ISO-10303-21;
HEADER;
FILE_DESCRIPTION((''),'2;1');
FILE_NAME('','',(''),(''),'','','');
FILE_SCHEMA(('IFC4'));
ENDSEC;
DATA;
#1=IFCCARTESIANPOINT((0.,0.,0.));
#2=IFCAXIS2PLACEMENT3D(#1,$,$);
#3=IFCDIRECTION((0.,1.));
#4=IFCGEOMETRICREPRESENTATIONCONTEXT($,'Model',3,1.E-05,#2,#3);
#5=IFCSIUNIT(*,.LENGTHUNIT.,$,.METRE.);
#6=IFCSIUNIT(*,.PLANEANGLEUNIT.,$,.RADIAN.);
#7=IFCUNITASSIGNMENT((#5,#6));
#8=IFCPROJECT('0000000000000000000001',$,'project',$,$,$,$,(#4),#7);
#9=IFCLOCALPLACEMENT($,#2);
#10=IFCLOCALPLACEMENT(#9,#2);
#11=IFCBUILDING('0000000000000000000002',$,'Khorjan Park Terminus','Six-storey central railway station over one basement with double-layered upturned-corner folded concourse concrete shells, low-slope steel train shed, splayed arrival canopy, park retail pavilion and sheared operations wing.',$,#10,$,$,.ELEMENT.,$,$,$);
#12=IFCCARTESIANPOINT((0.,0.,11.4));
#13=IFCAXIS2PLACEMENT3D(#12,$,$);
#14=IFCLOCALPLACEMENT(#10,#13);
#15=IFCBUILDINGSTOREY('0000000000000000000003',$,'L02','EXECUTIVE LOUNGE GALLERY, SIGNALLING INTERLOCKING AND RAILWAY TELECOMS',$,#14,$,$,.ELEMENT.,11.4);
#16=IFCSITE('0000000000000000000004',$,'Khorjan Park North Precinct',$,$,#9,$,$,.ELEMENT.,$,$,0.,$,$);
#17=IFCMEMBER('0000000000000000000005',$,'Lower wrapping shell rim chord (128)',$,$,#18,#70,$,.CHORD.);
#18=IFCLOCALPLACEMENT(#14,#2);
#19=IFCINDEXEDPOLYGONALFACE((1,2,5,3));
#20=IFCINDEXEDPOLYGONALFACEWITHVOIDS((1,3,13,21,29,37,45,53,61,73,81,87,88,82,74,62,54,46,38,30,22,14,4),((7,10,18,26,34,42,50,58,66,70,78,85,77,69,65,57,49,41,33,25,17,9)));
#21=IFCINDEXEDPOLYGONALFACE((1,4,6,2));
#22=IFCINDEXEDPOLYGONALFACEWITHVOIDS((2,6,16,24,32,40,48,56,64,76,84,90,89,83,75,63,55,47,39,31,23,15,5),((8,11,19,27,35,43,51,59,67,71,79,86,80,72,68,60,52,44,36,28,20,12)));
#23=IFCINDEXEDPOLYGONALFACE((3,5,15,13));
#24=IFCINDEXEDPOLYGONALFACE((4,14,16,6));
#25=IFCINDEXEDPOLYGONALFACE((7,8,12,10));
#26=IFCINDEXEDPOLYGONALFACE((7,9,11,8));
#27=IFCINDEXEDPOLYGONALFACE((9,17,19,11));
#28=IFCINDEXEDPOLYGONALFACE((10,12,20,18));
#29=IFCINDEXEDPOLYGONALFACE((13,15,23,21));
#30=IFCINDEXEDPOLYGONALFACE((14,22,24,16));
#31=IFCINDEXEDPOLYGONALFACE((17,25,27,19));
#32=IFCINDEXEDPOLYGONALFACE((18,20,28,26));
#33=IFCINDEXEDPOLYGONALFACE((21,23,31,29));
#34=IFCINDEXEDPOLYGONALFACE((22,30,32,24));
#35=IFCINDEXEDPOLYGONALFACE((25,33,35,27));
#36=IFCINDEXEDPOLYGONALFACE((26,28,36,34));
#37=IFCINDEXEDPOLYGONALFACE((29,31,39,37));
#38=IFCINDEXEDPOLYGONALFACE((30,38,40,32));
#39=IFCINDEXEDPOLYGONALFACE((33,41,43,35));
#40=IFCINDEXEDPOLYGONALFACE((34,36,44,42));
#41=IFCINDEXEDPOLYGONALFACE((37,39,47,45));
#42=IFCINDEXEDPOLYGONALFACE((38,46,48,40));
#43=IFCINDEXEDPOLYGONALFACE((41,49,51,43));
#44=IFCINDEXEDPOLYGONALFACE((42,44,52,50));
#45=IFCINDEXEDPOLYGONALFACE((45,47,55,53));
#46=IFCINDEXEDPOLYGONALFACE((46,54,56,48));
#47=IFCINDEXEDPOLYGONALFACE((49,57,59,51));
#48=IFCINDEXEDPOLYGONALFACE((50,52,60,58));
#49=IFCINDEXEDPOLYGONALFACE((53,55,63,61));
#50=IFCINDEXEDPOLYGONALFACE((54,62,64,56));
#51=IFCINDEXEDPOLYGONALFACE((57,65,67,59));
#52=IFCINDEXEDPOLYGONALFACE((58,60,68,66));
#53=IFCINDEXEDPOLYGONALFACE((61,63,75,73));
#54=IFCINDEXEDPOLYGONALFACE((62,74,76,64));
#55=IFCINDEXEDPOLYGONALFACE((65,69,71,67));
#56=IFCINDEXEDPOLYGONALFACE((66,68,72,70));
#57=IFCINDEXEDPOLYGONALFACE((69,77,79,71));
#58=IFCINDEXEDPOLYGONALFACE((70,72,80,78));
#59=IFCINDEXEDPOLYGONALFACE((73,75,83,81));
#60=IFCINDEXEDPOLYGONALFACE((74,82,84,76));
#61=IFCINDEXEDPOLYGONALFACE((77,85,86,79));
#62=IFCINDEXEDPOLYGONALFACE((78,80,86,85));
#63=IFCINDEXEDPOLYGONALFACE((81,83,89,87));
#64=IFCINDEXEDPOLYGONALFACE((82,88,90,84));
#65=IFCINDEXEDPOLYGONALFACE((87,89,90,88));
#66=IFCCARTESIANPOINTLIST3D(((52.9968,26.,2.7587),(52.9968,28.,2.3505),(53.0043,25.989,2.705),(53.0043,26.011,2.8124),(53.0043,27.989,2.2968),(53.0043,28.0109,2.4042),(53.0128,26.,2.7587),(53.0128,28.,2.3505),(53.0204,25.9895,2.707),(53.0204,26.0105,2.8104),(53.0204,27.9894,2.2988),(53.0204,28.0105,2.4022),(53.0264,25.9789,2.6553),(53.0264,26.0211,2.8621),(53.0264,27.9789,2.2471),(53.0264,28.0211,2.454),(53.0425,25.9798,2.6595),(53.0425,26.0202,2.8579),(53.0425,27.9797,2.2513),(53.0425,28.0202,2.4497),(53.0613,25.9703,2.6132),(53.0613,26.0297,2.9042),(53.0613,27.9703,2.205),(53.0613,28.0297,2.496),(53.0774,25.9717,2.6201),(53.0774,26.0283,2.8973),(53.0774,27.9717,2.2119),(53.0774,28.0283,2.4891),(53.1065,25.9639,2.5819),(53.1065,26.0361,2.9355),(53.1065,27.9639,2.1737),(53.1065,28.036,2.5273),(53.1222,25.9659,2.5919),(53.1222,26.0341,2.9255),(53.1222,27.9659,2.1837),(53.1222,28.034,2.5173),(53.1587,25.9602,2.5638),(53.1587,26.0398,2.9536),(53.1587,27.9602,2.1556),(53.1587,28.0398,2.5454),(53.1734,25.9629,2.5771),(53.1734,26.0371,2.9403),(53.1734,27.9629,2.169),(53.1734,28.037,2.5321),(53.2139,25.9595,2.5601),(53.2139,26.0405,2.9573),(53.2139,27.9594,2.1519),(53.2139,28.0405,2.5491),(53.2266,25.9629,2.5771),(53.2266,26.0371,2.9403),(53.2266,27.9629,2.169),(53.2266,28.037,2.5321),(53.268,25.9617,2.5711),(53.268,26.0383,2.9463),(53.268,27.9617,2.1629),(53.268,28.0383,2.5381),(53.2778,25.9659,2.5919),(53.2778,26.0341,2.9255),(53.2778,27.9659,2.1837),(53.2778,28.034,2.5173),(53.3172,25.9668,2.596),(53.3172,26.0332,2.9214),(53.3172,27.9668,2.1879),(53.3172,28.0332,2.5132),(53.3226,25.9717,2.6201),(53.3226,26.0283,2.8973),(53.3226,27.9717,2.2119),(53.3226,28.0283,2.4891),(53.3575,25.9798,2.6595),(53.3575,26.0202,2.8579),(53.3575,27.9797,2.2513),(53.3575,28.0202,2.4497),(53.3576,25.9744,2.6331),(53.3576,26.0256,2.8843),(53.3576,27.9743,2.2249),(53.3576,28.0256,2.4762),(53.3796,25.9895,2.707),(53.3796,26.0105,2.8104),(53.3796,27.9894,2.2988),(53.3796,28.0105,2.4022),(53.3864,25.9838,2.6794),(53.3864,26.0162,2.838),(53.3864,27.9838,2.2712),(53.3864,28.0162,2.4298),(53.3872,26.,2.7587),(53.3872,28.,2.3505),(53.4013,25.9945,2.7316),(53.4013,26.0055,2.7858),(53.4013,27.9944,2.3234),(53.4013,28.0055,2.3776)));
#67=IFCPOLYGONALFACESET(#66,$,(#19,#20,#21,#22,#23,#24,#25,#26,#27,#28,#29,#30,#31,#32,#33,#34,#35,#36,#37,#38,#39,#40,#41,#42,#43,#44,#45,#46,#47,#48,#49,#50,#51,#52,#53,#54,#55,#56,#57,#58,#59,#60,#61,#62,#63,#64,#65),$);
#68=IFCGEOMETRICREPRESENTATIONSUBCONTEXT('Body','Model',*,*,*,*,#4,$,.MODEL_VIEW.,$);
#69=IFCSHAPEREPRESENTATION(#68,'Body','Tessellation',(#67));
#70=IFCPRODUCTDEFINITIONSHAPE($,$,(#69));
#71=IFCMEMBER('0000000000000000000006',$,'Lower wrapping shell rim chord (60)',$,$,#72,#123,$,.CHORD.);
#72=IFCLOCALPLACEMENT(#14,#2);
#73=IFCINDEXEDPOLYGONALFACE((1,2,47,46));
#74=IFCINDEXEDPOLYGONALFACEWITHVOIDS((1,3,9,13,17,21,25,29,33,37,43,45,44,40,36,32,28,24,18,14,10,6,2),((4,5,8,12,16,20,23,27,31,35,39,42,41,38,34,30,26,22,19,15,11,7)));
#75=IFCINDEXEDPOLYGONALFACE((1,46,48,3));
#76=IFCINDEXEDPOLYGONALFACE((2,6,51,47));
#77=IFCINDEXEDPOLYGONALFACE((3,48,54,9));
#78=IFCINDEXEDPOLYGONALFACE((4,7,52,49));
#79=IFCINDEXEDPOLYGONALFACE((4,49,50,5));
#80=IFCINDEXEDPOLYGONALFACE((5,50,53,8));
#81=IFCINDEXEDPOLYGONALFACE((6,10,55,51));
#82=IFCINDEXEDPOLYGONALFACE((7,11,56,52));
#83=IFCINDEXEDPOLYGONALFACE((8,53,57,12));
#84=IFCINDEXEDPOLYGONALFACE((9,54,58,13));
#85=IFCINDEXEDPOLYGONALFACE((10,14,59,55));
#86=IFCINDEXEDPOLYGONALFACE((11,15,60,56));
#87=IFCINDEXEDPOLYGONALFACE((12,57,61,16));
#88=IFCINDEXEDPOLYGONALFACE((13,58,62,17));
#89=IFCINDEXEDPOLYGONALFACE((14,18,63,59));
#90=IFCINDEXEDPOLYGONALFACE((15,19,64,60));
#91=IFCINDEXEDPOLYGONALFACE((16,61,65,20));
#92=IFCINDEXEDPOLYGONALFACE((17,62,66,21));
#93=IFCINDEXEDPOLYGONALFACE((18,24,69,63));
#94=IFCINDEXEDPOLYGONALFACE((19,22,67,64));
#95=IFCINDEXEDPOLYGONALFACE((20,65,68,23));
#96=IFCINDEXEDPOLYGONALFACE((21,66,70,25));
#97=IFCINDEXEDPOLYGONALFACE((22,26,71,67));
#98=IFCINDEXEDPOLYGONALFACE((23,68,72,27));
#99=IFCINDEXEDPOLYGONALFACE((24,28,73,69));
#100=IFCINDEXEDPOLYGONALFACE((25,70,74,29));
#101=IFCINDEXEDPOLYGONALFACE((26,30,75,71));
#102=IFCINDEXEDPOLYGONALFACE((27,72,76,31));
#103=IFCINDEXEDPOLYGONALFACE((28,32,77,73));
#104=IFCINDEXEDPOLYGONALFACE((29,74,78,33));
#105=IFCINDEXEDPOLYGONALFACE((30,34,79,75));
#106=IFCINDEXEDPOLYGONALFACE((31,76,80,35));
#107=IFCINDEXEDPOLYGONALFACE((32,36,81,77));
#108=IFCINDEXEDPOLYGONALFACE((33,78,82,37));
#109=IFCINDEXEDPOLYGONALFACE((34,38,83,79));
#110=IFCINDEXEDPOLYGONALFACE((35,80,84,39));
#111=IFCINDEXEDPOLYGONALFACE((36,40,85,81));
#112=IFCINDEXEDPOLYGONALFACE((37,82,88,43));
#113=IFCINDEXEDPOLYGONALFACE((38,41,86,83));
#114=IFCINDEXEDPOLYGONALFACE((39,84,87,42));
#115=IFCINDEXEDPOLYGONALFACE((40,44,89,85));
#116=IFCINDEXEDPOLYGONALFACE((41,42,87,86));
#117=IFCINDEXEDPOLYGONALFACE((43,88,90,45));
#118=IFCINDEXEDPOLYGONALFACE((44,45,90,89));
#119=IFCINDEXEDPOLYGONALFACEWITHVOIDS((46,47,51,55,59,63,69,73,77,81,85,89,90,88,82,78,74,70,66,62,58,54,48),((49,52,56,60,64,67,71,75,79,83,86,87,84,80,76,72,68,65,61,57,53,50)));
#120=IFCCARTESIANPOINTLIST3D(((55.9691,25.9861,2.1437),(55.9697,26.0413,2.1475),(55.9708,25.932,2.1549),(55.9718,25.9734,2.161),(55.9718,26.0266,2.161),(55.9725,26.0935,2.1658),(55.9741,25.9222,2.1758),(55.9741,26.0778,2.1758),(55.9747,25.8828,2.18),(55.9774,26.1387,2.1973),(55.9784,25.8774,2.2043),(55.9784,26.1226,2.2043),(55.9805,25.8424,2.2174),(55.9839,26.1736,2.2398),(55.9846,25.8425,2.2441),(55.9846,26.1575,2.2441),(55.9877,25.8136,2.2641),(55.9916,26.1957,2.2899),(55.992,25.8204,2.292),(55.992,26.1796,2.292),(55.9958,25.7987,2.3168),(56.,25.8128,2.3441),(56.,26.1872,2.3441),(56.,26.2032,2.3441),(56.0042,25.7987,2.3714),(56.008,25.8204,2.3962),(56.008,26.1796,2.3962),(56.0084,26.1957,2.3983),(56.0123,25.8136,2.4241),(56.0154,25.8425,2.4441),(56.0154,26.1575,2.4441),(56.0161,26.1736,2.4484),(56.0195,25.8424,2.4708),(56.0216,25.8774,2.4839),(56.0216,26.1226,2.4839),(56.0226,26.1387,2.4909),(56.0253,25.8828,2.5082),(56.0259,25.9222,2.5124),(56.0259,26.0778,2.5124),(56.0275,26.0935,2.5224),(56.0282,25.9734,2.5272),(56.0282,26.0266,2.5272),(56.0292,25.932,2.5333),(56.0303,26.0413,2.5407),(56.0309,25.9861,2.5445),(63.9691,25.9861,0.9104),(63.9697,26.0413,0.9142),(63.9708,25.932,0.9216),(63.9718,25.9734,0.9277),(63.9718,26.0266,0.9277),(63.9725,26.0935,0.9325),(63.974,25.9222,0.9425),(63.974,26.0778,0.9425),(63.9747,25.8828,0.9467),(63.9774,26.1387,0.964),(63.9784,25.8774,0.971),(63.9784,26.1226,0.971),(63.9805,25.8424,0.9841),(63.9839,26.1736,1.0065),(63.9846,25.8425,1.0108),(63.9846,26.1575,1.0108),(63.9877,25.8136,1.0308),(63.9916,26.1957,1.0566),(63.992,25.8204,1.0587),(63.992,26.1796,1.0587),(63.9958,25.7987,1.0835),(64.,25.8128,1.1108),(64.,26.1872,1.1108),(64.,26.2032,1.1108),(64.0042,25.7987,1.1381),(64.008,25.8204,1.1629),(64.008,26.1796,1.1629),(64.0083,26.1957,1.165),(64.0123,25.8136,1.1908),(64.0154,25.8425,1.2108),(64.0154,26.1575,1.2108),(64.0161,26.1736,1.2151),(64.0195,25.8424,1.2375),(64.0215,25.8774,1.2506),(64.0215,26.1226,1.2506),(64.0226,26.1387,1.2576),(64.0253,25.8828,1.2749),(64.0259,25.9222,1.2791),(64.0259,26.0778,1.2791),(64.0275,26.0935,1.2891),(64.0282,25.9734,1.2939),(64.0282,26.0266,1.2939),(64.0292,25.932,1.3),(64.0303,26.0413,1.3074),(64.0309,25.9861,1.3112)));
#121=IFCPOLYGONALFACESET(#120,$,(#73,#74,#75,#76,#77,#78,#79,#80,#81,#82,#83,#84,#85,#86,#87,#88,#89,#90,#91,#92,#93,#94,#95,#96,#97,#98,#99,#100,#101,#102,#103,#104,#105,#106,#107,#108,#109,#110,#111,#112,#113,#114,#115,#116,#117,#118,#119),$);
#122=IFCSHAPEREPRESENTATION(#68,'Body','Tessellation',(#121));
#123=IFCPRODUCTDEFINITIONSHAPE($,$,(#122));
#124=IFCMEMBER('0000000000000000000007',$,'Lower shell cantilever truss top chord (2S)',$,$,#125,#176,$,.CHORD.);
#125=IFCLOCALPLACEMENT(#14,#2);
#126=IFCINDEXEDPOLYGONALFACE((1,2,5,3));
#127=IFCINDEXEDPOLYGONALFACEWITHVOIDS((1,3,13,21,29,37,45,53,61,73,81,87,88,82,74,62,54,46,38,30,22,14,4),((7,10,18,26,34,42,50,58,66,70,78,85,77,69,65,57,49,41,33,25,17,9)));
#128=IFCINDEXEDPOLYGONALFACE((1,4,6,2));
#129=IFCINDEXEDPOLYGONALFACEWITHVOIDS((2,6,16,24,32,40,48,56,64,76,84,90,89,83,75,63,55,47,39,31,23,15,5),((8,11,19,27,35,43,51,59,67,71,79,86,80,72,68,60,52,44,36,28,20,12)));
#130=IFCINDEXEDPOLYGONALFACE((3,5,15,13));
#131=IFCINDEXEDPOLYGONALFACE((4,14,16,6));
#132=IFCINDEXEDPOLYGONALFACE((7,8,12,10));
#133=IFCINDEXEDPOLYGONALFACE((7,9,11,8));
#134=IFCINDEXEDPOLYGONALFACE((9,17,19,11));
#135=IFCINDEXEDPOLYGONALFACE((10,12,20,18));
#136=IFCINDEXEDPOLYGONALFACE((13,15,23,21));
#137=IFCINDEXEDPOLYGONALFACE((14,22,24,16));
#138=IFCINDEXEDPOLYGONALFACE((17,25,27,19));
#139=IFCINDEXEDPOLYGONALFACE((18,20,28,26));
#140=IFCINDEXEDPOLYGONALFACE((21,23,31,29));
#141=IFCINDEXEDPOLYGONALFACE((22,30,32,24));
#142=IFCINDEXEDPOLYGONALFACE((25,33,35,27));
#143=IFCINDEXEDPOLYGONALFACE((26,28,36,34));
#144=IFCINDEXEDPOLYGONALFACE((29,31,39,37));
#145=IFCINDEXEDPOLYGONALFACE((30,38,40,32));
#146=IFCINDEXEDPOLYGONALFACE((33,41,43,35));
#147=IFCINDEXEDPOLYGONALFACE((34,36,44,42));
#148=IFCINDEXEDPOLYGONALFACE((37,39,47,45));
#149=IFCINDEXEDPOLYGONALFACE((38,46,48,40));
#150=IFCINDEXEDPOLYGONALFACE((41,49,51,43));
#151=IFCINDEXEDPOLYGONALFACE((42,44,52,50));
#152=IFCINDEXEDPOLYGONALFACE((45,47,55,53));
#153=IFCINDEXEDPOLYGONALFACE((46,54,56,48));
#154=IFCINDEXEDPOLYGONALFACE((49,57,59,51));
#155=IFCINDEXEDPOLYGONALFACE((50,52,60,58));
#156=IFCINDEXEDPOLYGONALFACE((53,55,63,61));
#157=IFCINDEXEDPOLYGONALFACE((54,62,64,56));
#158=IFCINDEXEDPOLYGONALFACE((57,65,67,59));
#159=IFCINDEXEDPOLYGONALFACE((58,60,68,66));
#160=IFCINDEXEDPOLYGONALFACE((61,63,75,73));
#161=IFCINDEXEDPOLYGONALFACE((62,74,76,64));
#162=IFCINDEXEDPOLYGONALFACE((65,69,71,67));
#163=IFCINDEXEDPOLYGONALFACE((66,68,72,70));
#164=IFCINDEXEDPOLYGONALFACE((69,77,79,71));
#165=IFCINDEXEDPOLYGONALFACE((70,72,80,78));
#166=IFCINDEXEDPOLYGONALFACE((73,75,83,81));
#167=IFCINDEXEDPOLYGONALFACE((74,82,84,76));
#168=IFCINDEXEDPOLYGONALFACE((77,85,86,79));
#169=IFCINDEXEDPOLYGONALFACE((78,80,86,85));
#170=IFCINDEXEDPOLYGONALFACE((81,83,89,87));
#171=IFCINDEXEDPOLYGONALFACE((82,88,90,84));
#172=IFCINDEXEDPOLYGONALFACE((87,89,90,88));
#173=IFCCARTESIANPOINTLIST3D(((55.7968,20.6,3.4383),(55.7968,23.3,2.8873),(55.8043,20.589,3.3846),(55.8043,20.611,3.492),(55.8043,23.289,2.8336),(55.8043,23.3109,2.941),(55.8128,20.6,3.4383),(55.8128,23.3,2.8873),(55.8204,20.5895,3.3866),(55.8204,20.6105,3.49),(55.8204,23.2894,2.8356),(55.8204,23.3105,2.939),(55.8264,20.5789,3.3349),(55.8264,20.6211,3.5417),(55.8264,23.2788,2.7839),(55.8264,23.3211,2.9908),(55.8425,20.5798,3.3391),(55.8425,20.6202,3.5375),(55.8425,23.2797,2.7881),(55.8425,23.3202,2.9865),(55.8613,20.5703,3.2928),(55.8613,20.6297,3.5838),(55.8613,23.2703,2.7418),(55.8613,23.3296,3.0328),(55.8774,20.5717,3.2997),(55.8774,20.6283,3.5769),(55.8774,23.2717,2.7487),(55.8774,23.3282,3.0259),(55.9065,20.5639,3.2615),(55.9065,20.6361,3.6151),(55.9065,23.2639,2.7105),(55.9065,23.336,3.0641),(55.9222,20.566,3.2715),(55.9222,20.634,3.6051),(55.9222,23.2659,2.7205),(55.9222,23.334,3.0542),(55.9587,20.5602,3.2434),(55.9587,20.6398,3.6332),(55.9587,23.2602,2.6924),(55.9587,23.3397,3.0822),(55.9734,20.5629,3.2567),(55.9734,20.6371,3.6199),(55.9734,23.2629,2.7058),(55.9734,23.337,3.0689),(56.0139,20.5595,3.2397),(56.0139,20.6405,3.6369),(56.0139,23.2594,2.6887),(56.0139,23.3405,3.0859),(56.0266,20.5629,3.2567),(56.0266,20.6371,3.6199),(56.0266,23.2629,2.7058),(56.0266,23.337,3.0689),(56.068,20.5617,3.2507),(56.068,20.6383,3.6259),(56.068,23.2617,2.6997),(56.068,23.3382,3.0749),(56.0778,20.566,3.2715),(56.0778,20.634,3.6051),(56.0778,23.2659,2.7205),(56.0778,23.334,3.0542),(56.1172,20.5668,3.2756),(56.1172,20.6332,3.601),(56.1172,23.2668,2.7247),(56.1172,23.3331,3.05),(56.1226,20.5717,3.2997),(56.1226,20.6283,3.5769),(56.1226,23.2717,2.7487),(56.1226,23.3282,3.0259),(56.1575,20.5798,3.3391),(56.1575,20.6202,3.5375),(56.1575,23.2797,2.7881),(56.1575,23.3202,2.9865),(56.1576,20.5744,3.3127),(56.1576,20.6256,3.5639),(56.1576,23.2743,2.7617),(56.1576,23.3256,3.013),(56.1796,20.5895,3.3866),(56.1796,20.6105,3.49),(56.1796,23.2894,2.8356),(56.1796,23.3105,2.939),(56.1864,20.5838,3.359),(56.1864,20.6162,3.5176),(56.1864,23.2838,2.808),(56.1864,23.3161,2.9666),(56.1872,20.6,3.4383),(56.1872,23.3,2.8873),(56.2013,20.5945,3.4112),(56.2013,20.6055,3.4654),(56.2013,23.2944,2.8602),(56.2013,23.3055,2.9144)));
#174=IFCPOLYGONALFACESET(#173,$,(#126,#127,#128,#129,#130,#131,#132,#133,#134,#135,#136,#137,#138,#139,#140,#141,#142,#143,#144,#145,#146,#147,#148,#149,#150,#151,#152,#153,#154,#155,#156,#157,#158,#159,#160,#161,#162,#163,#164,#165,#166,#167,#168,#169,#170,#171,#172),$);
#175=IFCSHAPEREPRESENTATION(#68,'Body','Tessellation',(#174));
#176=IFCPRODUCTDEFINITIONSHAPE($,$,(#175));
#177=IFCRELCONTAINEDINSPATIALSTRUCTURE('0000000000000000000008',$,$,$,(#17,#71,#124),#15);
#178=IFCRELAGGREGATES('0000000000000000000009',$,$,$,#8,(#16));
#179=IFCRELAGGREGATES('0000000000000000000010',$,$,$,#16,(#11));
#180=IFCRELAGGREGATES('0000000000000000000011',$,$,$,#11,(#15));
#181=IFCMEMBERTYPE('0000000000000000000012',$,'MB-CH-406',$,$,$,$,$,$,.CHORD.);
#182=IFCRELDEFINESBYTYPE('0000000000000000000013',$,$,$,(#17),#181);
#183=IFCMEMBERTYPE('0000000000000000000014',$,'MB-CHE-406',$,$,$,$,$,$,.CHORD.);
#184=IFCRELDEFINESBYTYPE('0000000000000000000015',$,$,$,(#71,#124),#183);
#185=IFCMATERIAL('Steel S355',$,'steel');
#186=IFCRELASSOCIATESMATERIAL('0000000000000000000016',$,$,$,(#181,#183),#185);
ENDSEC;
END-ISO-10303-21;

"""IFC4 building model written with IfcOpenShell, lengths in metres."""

from ifc_helpers import new_model, si_unit, direction, frame, origin, origin_2d, place, context, subcontext, project, spatial, hollow_circle, extrude, material, material_profile, profile_set, type_object, element, save


model = new_model("IFC4")

# Units and contexts
model_context = context("Model", 3, precision=1e-05, world=origin(), true_north=direction((0.0, 1.0)))
body_context = subcontext(model_context, "Body", "Model", "MODEL_VIEW")
ifc_project = project(units=[si_unit("LENGTHUNIT", "METRE"), si_unit("PLANEANGLEUNIT", "RADIAN")], contexts=[model_context])

# Site, building, storey
site_placement = place(None, origin())
site = spatial("IfcSite", under=ifc_project, at=site_placement, Name="Khorjan Park North Precinct", CompositionType="ELEMENT", RefElevation=0.0)
building_placement = place(site_placement, origin())
building = spatial("IfcBuilding", under=site, at=building_placement, Name="Khorjan Park Terminus", Description="Six-storey central railway station over one basement with double-layered upturned-corner folded concourse concrete shells, low-slope steel train shed, splayed arrival canopy, park retail pavilion and sheared operations wing.", CompositionType="ELEMENT")
storey_placement = place(building_placement, frame((0.0, 0.0, 11.4)))
storey = spatial("IfcBuildingStorey", under=building, at=storey_placement, Name="L02", Description="EXECUTIVE LOUNGE GALLERY, SIGNALLING INTERLOCKING AND RAILWAY TELECOMS", CompositionType="ELEMENT", Elevation=11.4)

# Members
ifc_material_1 = material(Name="Steel S355", Category="steel")
ifc_material_profile_1 = material_profile(ifc_material_1, hollow_circle(Radius=0.2032, WallThickness=0.016, at=origin_2d()), Name="CHS 406.4x16")
ifc_profile_set_1 = profile_set([ifc_material_profile_1], Name="Steel S355")
member_type_1 = type_object("IfcMemberType", Name="MB-CH-406", PredefinedType="CHORD", material=ifc_profile_set_1)
member_1_placement = place(storey_placement, frame((53.2, 26.0, 2.7587), z_axis=(0.0, 0.979801, -0.199977), x_axis=(-1.0, 0.0, 0.0)))
element("IfcMember", 1, at=member_1_placement, inside=storey, type_object=member_type_1, Name="Lower wrapping shell rim chord (128)", PredefinedType="CHORD", context=body_context, shape_type="SweptSolid", body=[
    extrude(hollow_circle(Radius=0.2032, WallThickness=0.016, at=origin_2d()), origin(), (0.0, 0.0, 1.0), 2.0412),
])
ifc_material_profile_2 = material_profile(ifc_material_1, hollow_circle(Radius=0.2032, WallThickness=0.016, at=origin_2d()), Name="CHS 406.4x16")
ifc_profile_set_2 = profile_set([ifc_material_profile_2], Name="Steel S355")
member_type_2 = type_object("IfcMemberType", Name="MB-CHE-406", PredefinedType="CHORD", material=ifc_profile_set_2)
member_2_placement = place(storey_placement, frame((56.0, 26.0, 2.3441), z_axis=(0.988325, 0.0, -0.152363), x_axis=(0.0, 1.0, 0.0)))
element("IfcMember", 2, at=member_2_placement, inside=storey, type_object=member_type_2, Name="Lower wrapping shell rim chord (60)", PredefinedType="CHORD", context=body_context, shape_type="SweptSolid", body=[
    extrude(hollow_circle(Radius=0.2032, WallThickness=0.016, at=origin_2d()), origin(), (0.0, 0.0, 1.0), 8.0945),
])
for number, where, z_axis, x_axis, name in (
    (3, (56.0, 20.6, 3.4383), (0.0, 0.979806, -0.199953), (-1.0, 0.0, 0.0), "Lower shell cantilever truss top chord (2S)"),
):
    element("IfcMember", number, at=place(storey_placement, frame(where, z_axis=z_axis, x_axis=x_axis)), inside=storey, type_object=member_type_2, Name=name, PredefinedType="CHORD", context=body_context, shape_type="SweptSolid", body=[
        extrude(hollow_circle(Radius=0.2032, WallThickness=0.016, at=origin_2d()), origin(), (0.0, 0.0, 1.0), 2.7556),
    ])

save(model, "model.ifc")
